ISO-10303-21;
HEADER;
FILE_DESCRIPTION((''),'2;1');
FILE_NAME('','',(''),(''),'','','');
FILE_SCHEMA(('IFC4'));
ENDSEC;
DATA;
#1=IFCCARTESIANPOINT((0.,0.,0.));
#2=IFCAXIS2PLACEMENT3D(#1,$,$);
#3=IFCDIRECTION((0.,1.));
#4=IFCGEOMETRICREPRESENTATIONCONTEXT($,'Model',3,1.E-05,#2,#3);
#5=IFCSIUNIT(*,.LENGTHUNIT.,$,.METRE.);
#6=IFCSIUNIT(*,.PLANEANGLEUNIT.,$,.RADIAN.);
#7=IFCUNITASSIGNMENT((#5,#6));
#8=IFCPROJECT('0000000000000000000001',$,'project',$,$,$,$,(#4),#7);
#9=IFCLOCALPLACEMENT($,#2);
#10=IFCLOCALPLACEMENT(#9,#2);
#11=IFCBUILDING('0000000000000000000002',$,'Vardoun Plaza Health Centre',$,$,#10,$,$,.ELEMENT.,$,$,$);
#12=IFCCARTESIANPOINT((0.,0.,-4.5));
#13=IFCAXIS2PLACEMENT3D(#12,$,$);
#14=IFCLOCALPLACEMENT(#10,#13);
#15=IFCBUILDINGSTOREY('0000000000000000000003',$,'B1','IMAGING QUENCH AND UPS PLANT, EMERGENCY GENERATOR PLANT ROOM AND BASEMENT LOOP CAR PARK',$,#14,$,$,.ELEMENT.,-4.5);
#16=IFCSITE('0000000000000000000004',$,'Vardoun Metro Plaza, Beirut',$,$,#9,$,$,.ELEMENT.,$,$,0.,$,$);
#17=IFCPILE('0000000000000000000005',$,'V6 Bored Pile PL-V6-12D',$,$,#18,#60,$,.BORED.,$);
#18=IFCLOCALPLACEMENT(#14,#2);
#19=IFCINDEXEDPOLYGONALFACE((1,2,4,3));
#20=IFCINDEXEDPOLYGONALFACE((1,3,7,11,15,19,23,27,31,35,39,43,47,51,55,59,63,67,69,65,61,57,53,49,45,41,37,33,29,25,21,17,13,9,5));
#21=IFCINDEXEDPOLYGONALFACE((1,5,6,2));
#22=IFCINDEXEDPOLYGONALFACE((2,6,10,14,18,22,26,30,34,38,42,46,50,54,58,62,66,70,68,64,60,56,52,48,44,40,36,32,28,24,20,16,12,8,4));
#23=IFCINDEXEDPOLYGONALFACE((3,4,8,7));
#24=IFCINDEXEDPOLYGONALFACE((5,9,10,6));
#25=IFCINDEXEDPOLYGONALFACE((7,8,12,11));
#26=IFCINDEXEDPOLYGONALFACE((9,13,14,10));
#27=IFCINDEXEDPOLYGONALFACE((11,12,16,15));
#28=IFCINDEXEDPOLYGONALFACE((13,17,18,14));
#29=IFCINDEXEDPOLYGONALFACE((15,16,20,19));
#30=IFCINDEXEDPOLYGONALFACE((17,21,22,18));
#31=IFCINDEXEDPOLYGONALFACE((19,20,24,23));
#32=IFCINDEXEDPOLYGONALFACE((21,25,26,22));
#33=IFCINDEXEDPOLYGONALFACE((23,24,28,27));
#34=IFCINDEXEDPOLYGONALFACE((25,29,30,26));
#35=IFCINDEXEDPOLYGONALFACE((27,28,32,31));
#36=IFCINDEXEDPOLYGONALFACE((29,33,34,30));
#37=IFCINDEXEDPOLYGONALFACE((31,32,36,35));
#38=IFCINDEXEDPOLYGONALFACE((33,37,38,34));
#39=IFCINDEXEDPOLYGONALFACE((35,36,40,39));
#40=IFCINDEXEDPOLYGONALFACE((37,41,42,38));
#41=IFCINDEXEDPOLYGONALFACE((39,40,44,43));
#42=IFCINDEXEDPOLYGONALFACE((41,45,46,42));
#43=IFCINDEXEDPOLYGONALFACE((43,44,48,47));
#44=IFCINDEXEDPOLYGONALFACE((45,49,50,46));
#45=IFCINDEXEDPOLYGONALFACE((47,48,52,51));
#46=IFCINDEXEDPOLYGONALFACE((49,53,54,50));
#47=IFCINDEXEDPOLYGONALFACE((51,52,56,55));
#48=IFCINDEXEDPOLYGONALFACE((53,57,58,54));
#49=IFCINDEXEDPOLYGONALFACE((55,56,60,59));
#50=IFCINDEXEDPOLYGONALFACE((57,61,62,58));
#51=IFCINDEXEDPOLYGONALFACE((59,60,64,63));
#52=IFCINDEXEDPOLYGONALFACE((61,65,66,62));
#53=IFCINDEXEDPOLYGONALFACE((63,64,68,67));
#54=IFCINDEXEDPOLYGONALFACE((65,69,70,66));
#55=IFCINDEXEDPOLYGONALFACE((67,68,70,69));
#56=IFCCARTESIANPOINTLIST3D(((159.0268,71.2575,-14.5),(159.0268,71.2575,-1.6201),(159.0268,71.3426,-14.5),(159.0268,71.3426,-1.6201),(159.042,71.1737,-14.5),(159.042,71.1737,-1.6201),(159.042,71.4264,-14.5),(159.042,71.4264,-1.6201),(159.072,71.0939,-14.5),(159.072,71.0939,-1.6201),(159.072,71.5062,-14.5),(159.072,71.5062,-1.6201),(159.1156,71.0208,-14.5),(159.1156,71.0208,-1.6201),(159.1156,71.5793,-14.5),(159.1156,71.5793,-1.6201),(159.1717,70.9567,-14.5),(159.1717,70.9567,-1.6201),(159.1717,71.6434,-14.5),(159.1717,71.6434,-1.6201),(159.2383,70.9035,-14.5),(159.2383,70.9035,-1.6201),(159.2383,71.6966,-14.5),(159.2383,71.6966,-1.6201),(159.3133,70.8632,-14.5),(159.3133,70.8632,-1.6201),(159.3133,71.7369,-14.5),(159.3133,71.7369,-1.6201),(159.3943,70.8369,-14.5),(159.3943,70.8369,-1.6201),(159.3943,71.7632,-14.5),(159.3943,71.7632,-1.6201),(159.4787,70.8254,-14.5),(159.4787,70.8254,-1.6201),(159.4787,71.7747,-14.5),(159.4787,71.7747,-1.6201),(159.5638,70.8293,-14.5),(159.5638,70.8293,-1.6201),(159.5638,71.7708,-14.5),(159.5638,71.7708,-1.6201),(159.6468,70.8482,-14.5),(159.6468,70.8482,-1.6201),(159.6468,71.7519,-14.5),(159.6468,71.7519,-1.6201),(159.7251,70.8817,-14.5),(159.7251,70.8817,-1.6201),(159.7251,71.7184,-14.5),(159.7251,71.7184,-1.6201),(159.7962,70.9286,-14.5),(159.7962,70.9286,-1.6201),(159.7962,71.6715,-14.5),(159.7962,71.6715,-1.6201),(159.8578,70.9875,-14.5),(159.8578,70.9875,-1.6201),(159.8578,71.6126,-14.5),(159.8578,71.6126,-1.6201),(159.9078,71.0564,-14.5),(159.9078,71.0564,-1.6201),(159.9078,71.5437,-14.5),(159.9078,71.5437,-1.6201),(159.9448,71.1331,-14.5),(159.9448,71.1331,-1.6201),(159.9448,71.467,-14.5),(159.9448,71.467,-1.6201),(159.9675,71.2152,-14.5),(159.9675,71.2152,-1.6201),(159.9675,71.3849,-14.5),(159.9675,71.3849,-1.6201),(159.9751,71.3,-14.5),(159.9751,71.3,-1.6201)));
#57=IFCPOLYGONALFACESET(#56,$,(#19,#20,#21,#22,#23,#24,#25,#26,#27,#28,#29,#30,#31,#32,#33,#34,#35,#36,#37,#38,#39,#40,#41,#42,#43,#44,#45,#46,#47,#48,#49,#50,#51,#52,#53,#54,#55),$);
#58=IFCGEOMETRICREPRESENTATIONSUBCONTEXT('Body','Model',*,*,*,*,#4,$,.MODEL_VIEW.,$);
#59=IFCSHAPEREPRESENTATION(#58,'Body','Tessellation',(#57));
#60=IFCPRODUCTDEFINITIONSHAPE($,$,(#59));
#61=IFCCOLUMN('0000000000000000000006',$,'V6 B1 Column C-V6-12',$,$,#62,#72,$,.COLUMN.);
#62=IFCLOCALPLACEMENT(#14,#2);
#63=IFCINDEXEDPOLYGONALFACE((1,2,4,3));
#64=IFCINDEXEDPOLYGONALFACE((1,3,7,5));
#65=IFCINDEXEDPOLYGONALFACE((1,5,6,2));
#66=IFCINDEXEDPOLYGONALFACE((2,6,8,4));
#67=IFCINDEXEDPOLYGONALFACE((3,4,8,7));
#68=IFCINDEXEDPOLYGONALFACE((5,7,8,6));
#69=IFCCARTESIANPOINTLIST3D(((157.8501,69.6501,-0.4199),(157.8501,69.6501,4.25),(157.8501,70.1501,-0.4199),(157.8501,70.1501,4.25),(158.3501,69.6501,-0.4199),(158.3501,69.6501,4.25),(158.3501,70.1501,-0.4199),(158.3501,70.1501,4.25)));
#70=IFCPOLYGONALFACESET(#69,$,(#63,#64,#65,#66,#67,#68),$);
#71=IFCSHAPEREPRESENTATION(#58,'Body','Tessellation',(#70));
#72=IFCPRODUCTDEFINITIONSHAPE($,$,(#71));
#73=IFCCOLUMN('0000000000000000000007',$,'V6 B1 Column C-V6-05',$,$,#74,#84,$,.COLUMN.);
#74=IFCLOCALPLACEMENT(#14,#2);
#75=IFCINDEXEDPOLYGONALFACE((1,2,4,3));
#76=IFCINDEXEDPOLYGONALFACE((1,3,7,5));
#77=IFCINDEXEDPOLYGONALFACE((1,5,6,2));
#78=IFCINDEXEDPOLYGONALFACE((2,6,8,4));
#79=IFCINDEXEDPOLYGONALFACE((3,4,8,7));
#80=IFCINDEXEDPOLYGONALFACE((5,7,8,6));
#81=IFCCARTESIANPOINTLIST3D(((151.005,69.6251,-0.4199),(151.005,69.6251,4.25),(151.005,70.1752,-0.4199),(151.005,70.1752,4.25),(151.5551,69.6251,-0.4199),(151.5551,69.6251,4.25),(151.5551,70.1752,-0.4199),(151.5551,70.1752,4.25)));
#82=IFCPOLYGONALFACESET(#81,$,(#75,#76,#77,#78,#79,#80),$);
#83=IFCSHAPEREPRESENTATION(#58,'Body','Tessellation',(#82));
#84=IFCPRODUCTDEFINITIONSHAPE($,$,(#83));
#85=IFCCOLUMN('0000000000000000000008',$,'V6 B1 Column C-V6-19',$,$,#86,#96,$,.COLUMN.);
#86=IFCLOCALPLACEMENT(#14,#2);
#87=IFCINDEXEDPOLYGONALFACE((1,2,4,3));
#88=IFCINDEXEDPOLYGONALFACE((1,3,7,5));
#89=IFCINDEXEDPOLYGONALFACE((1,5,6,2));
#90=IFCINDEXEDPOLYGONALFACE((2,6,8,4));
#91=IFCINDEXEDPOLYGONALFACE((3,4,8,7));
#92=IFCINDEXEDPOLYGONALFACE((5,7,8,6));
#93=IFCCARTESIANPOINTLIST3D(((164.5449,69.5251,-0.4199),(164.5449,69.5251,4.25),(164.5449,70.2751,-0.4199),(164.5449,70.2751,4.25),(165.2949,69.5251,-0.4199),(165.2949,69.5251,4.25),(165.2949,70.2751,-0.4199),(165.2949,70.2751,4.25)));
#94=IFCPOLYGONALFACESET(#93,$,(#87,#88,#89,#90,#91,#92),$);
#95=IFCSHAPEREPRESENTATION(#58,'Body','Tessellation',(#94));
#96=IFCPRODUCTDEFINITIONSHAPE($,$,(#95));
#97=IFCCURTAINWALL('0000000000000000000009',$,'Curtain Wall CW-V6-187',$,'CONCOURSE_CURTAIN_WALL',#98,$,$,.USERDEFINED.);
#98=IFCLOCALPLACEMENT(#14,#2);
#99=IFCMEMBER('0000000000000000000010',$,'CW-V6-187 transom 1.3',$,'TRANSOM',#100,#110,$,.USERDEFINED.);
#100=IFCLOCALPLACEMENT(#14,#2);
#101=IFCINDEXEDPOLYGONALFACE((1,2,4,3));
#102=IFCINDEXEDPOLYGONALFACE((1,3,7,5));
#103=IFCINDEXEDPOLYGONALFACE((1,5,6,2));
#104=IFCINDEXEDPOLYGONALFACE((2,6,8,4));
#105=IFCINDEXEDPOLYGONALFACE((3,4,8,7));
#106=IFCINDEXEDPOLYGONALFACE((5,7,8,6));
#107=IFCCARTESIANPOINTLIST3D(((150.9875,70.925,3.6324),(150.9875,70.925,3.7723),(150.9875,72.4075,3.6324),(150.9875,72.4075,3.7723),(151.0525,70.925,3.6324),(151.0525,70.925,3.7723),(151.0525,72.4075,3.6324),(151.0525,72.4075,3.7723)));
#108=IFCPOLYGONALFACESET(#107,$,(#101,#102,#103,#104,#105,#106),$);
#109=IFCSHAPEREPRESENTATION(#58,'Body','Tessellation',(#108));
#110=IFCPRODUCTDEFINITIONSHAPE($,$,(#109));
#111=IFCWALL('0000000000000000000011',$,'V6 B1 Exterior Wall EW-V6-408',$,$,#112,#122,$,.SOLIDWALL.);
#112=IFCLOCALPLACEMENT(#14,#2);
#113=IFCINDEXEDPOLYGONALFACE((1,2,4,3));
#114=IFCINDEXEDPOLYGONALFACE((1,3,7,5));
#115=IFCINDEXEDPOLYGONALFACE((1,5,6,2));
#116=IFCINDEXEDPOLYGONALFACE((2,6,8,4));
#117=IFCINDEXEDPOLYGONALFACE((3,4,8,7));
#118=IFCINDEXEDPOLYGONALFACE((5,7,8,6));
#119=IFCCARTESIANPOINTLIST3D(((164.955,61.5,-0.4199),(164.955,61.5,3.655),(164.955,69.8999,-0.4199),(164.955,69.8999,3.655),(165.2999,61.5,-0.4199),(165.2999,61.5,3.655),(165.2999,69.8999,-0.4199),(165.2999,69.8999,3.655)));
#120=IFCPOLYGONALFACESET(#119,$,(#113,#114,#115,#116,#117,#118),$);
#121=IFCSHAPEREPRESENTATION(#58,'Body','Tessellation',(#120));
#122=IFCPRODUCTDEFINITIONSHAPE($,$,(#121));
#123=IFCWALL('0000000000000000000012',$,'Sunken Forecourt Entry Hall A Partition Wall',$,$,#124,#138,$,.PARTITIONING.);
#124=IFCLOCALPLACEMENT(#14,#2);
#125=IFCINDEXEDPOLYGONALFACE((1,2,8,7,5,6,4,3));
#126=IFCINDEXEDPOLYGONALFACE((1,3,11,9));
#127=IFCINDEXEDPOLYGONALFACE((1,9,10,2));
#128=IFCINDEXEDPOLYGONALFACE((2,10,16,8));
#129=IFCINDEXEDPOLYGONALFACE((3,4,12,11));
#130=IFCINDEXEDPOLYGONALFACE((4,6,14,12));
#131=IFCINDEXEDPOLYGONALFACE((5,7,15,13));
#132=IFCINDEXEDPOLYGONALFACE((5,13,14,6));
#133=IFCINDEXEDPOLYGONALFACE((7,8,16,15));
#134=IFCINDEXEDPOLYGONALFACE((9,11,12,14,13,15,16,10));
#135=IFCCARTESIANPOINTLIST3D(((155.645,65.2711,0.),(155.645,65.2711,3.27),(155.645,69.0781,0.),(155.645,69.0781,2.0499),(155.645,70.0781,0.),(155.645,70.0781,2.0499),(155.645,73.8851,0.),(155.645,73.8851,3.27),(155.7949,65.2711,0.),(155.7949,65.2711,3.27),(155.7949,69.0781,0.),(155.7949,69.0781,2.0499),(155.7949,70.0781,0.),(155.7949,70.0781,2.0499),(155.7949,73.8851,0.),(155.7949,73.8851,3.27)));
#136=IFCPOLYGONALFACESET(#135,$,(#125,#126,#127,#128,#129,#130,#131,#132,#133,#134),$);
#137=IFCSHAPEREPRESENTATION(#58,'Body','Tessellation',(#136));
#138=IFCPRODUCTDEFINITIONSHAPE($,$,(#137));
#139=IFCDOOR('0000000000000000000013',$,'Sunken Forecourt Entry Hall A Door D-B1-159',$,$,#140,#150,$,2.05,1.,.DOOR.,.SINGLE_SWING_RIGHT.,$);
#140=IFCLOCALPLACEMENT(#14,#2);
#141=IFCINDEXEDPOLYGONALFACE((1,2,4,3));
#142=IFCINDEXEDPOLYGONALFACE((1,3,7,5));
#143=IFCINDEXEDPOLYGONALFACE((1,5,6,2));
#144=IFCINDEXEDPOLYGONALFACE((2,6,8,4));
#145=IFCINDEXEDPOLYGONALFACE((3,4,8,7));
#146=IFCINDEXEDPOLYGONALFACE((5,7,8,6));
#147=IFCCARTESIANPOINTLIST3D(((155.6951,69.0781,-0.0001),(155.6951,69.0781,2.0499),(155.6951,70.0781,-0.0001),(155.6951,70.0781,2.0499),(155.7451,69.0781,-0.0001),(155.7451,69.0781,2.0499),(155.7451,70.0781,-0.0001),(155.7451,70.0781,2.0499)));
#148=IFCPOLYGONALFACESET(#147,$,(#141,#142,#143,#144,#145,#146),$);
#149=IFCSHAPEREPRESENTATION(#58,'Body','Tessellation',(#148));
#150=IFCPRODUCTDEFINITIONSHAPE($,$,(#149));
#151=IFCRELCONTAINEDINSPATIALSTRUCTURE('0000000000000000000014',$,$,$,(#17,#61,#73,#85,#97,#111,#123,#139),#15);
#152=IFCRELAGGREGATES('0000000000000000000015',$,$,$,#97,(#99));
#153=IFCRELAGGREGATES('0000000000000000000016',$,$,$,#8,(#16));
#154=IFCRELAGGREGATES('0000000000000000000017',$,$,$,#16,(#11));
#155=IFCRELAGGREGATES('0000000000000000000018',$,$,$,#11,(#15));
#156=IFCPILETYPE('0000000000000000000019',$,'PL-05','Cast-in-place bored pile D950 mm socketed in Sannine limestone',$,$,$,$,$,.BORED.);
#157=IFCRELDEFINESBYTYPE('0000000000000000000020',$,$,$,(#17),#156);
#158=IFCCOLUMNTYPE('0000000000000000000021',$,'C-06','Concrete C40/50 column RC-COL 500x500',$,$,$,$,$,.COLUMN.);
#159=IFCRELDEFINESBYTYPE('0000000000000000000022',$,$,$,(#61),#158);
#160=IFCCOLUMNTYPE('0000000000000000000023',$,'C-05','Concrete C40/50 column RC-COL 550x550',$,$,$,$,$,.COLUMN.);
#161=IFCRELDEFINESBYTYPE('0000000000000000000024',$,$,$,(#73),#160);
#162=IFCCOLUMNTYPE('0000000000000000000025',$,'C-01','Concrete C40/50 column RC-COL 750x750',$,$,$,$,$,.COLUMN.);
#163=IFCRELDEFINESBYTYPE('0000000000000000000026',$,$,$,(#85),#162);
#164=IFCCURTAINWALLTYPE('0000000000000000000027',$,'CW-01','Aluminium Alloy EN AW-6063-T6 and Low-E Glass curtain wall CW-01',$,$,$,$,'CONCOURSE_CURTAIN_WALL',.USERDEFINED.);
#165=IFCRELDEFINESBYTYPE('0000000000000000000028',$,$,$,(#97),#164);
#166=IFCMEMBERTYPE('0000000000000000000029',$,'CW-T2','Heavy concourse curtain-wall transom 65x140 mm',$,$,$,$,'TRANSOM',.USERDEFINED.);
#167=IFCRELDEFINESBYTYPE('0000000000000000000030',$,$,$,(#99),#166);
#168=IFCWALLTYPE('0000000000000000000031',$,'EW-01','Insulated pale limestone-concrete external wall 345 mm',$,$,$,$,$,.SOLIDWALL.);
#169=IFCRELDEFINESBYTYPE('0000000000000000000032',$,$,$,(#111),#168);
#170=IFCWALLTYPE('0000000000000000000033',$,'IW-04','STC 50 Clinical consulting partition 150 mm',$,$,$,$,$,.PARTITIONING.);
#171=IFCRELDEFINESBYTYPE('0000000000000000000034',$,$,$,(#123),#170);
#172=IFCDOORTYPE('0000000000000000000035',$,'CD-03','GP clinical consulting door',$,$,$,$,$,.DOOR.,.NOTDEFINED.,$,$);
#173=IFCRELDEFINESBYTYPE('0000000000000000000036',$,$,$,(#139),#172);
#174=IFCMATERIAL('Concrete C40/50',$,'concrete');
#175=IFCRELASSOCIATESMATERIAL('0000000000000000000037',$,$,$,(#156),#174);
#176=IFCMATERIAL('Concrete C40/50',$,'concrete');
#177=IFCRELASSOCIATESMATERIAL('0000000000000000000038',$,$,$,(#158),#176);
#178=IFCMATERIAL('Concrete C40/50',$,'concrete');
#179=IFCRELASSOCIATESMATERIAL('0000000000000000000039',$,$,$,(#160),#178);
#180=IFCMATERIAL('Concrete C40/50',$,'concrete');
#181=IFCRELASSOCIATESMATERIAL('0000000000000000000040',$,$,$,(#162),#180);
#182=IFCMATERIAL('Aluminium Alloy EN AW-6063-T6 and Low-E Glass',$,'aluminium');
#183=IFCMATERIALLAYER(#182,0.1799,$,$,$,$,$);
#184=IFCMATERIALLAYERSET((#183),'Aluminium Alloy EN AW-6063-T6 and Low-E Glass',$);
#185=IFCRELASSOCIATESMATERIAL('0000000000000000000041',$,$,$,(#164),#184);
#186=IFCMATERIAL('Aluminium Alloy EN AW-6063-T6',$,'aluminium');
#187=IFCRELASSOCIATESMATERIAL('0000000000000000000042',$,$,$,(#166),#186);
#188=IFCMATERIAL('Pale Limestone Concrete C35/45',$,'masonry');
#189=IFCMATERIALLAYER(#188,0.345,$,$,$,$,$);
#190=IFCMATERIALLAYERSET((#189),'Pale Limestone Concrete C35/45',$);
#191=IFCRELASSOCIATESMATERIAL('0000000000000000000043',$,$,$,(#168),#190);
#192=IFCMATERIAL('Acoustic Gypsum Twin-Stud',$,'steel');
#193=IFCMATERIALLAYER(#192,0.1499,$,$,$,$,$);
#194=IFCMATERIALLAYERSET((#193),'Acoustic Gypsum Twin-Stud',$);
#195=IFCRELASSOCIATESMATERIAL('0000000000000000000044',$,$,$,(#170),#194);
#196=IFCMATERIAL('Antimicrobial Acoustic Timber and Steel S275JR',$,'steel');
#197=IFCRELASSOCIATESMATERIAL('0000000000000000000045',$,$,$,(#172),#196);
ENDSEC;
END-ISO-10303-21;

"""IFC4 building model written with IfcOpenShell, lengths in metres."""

from ifc_helpers import new_model, si_unit, direction, frame, frame_2d, origin, origin_2d, place, context, subcontext, project, spatial, rectangle, circle, extrude, material, layer, layer_set, material_profile, profile_set, type_object, element, fill, aggregate, save


model = new_model("IFC4")

# Units and contexts
model_context = context("Model", 3, precision=1e-05, world=origin(), true_north=direction((0.0, 1.0)))
body_context = subcontext(model_context, "Body", "Model", "MODEL_VIEW")
ifc_project = project(units=[si_unit("LENGTHUNIT", "METRE"), si_unit("PLANEANGLEUNIT", "RADIAN")], contexts=[model_context])

# Site, building, storey
site_placement = place(None, origin())
site = spatial("IfcSite", under=ifc_project, at=site_placement, Name="Vardoun Metro Plaza, Beirut", CompositionType="ELEMENT", RefElevation=0.0)
building_placement = place(site_placement, origin())
building = spatial("IfcBuilding", under=site, at=building_placement, Name="Vardoun Plaza Health Centre", CompositionType="ELEMENT")
storey_placement = place(building_placement, frame((0.0, 0.0, -4.5)))
storey = spatial("IfcBuildingStorey", under=building, at=storey_placement, Name="B1", Description="IMAGING QUENCH AND UPS PLANT, EMERGENCY GENERATOR PLANT ROOM AND BASEMENT LOOP CAR PARK", CompositionType="ELEMENT", Elevation=-4.5)

# Pile
ifc_material_1 = material(Name="Concrete C40/50", Category="concrete")
ifc_material_profile_1 = material_profile(ifc_material_1, circle(Radius=0.4751, at=origin_2d()), Name="PILE D950")
ifc_profile_set_1 = profile_set([ifc_material_profile_1], Name="Concrete C40/50")
pile_type_1 = type_object("IfcPileType", Name="PL-05", Description="Cast-in-place bored pile D950 mm socketed in Sannine limestone", PredefinedType="BORED", material=ifc_profile_set_1)
for number, where, z_axis, x_axis, name in (
    (1, (159.5, 71.3, -1.6201), (0.0, 0.0, -1.0), (1.0, 0.0, 0.0), "V6 Bored Pile PL-V6-12D"),
):
    element("IfcPile", number, at=place(storey_placement, frame(where, z_axis=z_axis, x_axis=x_axis)), inside=storey, type_object=pile_type_1, Name=name, PredefinedType="BORED", context=body_context, shape_type="SweptSolid", body=[
        extrude(circle(Radius=0.4751, at=origin_2d()), origin(), (0.0, 0.0, 1.0), 12.8799),
    ])

# Columns
ifc_material_2 = material(Name="Concrete C40/50", Category="concrete")
ifc_material_profile_2 = material_profile(ifc_material_2, rectangle(XDim=0.5, YDim=0.5, at=origin_2d()), Name="RC-COL 500x500")
ifc_profile_set_2 = profile_set([ifc_material_profile_2], Name="Concrete C40/50")
column_type_1 = type_object("IfcColumnType", Name="C-06", Description="Concrete C40/50 column RC-COL 500x500", PredefinedType="COLUMN", material=ifc_profile_set_2)
column_1_placement = place(storey_placement, frame((158.1001, 69.9001, -0.4199), z_axis=(0.0, 0.0, 1.0), x_axis=(1.0, 0.0, 0.0)))
element("IfcColumn", 2, at=column_1_placement, inside=storey, type_object=column_type_1, Name="V6 B1 Column C-V6-12", PredefinedType="COLUMN", context=body_context, shape_type="SweptSolid", body=[
    extrude(rectangle(XDim=0.5, YDim=0.5, at=origin_2d()), origin(), (0.0, 0.0, 1.0), 4.6699),
])
ifc_material_3 = material(Name="Concrete C40/50", Category="concrete")
ifc_material_profile_3 = material_profile(ifc_material_3, rectangle(XDim=0.55, YDim=0.55, at=origin_2d()), Name="RC-COL 550x550")
ifc_profile_set_3 = profile_set([ifc_material_profile_3], Name="Concrete C40/50")
column_type_2 = type_object("IfcColumnType", Name="C-05", Description="Concrete C40/50 column RC-COL 550x550", PredefinedType="COLUMN", material=ifc_profile_set_3)
column_2_placement = place(storey_placement, frame((151.28, 69.9001, -0.4199), z_axis=(0.0, 0.0, 1.0), x_axis=(1.0, 0.0, 0.0)))
element("IfcColumn", 3, at=column_2_placement, inside=storey, type_object=column_type_2, Name="V6 B1 Column C-V6-05", PredefinedType="COLUMN", context=body_context, shape_type="SweptSolid", body=[
    extrude(rectangle(XDim=0.55, YDim=0.55, at=origin_2d()), origin(), (0.0, 0.0, 1.0), 4.6699),
])
ifc_material_4 = material(Name="Concrete C40/50", Category="concrete")
ifc_material_profile_4 = material_profile(ifc_material_4, rectangle(XDim=0.75, YDim=0.75, at=origin_2d()), Name="RC-COL 750x750")
ifc_profile_set_4 = profile_set([ifc_material_profile_4], Name="Concrete C40/50")
column_type_3 = type_object("IfcColumnType", Name="C-01", Description="Concrete C40/50 column RC-COL 750x750", PredefinedType="COLUMN", material=ifc_profile_set_4)
column_3_placement = place(storey_placement, frame((164.9199, 69.9001, -0.4199), z_axis=(0.0, 0.0, 1.0), x_axis=(1.0, 0.0, 0.0)))
element("IfcColumn", 4, at=column_3_placement, inside=storey, type_object=column_type_3, Name="V6 B1 Column C-V6-19", PredefinedType="COLUMN", context=body_context, shape_type="SweptSolid", body=[
    extrude(rectangle(XDim=0.75, YDim=0.75, at=origin_2d()), origin(), (0.0, 0.0, 1.0), 4.6699),
])

# Curtain wall, member
ifc_material_5 = material(Name="Aluminium Alloy EN AW-6063-T6 and Low-E Glass", Category="aluminium")
ifc_layer_1 = layer(ifc_material_5, 0.1799)
ifc_layer_set_1 = layer_set([ifc_layer_1], Name="Aluminium Alloy EN AW-6063-T6 and Low-E Glass")
curtain_wall_type = type_object("IfcCurtainWallType", Name="CW-01", Description="Aluminium Alloy EN AW-6063-T6 and Low-E Glass curtain wall CW-01", ElementType="CONCOURSE_CURTAIN_WALL", PredefinedType="USERDEFINED", material=ifc_layer_set_1)
curtain_wall_placement = place(storey_placement, origin())
curtain_wall = element("IfcCurtainWall", 5, at=curtain_wall_placement, inside=storey, type_object=curtain_wall_type, Name="Curtain Wall CW-V6-187", ObjectType="CONCOURSE_CURTAIN_WALL", PredefinedType="USERDEFINED")
ifc_material_6 = material(Name="Aluminium Alloy EN AW-6063-T6", Category="aluminium")
ifc_material_profile_5 = material_profile(ifc_material_6, rectangle(XDim=0.0649, YDim=0.1399, at=origin_2d()), Name="CWT 65x140")
ifc_profile_set_5 = profile_set([ifc_material_profile_5], Name="Aluminium Alloy EN AW-6063-T6")
member_type = type_object("IfcMemberType", Name="CW-T2", Description="Heavy concourse curtain-wall transom 65x140 mm", ElementType="TRANSOM", PredefinedType="USERDEFINED", material=ifc_profile_set_5)
member_placement = place(storey_placement, frame((151.02, 70.925, 3.7024), z_axis=(0.0, 1.0, 0.0), x_axis=(-1.0, 0.0, 0.0)))
member = element("IfcMember", 6, at=member_placement, type_object=member_type, Name="CW-V6-187 transom 1.3", ObjectType="TRANSOM", PredefinedType="USERDEFINED", context=body_context, shape_type="SweptSolid", body=[
    extrude(rectangle(XDim=0.0649, YDim=0.1399, at=origin_2d()), origin(), (0.0, 0.0, 1.0), 1.4824),
])
aggregate(curtain_wall, [member])

# Wall
ifc_material_7 = material(Name="Pale Limestone Concrete C35/45", Category="masonry")
ifc_layer_2 = layer(ifc_material_7, 0.345)
ifc_layer_set_2 = layer_set([ifc_layer_2], Name="Pale Limestone Concrete C35/45")
wall_type_1 = type_object("IfcWallType", Name="EW-01", Description="Insulated pale limestone-concrete external wall 345 mm", PredefinedType="SOLIDWALL", material=ifc_layer_set_2)
wall_1_placement = place(storey_placement, frame((165.1274, 69.8999, -0.4199), z_axis=(0.0, 0.0, 1.0), x_axis=(0.0, -1.0, 0.0)))
element("IfcWall", 7, at=wall_1_placement, inside=storey, type_object=wall_type_1, Name="V6 B1 Exterior Wall EW-V6-408", PredefinedType="SOLIDWALL", context=body_context, shape_type="SweptSolid", body=[
    extrude(rectangle(XDim=8.3999, YDim=0.345, at=frame_2d((4.2, 0.0))), origin(), (0.0, 0.0, 1.0), 4.075),
])

# Wall, opening, door
ifc_material_8 = material(Name="Acoustic Gypsum Twin-Stud", Category="steel")
ifc_layer_3 = layer(ifc_material_8, 0.1499)
ifc_layer_set_3 = layer_set([ifc_layer_3], Name="Acoustic Gypsum Twin-Stud")
wall_type_2 = type_object("IfcWallType", Name="IW-04", Description="STC 50 Clinical consulting partition 150 mm", PredefinedType="PARTITIONING", material=ifc_layer_set_3)
wall_2_placement = place(storey_placement, frame((155.72, 65.271, 0.0), z_axis=(0.0, 0.0, 1.0), x_axis=(0.0, 1.0, 0.0)))
wall_2 = element("IfcWall", 8, at=wall_2_placement, inside=storey, type_object=wall_type_2, Name="Sunken Forecourt Entry Hall A Partition Wall", PredefinedType="PARTITIONING", context=body_context, shape_type="SweptSolid", body=[
    extrude(rectangle(XDim=8.614, YDim=0.1499, at=frame_2d((4.3071, 0.0))), origin(), (0.0, 0.0, 1.0), 3.27),
])
opening_1_placement = place(wall_2_placement, frame((3.8071, 0.0, 0.0)))
opening_1 = element("IfcOpeningElement", 9, at=opening_1_placement, cuts=wall_2, PredefinedType="OPENING", context=body_context, shape_type="SweptSolid", body=[
    extrude(rectangle(XDim=1.0, YDim=2.05, at=frame_2d((0.5, 1.0249))), frame((0.0, 0.075, 0.0), z_axis=(0.0, -1.0, 0.0), x_axis=(1.0, 0.0, 0.0)), (0.0, 0.0, 1.0), 0.1499),
])
ifc_material_9 = material(Name="Antimicrobial Acoustic Timber and Steel S275JR", Category="steel")
door_type_1 = type_object("IfcDoorType", Name="CD-03", Description="GP clinical consulting door", OperationType="NOTDEFINED", PredefinedType="DOOR", material=ifc_material_9)
door_1_placement = place(opening_1_placement, origin())
door_1 = element("IfcDoor", 10, at=door_1_placement, inside=storey, type_object=door_type_1, Name="Sunken Forecourt Entry Hall A Door D-B1-159", OperationType="SINGLE_SWING_RIGHT", OverallHeight=2.05, OverallWidth=1.0, PredefinedType="DOOR", context=body_context, shape_type="SweptSolid", body=[
    extrude(rectangle(XDim=1.0, YDim=2.05, at=frame_2d((0.5, 1.0249))), frame((0.0, 0.0249, 0.0), z_axis=(0.0, -1.0, 0.0), x_axis=(1.0, 0.0, 0.0)), (0.0, 0.0, 1.0), 0.05),
])
fill(opening_1, door_1)

save(model, "model.ifc")
